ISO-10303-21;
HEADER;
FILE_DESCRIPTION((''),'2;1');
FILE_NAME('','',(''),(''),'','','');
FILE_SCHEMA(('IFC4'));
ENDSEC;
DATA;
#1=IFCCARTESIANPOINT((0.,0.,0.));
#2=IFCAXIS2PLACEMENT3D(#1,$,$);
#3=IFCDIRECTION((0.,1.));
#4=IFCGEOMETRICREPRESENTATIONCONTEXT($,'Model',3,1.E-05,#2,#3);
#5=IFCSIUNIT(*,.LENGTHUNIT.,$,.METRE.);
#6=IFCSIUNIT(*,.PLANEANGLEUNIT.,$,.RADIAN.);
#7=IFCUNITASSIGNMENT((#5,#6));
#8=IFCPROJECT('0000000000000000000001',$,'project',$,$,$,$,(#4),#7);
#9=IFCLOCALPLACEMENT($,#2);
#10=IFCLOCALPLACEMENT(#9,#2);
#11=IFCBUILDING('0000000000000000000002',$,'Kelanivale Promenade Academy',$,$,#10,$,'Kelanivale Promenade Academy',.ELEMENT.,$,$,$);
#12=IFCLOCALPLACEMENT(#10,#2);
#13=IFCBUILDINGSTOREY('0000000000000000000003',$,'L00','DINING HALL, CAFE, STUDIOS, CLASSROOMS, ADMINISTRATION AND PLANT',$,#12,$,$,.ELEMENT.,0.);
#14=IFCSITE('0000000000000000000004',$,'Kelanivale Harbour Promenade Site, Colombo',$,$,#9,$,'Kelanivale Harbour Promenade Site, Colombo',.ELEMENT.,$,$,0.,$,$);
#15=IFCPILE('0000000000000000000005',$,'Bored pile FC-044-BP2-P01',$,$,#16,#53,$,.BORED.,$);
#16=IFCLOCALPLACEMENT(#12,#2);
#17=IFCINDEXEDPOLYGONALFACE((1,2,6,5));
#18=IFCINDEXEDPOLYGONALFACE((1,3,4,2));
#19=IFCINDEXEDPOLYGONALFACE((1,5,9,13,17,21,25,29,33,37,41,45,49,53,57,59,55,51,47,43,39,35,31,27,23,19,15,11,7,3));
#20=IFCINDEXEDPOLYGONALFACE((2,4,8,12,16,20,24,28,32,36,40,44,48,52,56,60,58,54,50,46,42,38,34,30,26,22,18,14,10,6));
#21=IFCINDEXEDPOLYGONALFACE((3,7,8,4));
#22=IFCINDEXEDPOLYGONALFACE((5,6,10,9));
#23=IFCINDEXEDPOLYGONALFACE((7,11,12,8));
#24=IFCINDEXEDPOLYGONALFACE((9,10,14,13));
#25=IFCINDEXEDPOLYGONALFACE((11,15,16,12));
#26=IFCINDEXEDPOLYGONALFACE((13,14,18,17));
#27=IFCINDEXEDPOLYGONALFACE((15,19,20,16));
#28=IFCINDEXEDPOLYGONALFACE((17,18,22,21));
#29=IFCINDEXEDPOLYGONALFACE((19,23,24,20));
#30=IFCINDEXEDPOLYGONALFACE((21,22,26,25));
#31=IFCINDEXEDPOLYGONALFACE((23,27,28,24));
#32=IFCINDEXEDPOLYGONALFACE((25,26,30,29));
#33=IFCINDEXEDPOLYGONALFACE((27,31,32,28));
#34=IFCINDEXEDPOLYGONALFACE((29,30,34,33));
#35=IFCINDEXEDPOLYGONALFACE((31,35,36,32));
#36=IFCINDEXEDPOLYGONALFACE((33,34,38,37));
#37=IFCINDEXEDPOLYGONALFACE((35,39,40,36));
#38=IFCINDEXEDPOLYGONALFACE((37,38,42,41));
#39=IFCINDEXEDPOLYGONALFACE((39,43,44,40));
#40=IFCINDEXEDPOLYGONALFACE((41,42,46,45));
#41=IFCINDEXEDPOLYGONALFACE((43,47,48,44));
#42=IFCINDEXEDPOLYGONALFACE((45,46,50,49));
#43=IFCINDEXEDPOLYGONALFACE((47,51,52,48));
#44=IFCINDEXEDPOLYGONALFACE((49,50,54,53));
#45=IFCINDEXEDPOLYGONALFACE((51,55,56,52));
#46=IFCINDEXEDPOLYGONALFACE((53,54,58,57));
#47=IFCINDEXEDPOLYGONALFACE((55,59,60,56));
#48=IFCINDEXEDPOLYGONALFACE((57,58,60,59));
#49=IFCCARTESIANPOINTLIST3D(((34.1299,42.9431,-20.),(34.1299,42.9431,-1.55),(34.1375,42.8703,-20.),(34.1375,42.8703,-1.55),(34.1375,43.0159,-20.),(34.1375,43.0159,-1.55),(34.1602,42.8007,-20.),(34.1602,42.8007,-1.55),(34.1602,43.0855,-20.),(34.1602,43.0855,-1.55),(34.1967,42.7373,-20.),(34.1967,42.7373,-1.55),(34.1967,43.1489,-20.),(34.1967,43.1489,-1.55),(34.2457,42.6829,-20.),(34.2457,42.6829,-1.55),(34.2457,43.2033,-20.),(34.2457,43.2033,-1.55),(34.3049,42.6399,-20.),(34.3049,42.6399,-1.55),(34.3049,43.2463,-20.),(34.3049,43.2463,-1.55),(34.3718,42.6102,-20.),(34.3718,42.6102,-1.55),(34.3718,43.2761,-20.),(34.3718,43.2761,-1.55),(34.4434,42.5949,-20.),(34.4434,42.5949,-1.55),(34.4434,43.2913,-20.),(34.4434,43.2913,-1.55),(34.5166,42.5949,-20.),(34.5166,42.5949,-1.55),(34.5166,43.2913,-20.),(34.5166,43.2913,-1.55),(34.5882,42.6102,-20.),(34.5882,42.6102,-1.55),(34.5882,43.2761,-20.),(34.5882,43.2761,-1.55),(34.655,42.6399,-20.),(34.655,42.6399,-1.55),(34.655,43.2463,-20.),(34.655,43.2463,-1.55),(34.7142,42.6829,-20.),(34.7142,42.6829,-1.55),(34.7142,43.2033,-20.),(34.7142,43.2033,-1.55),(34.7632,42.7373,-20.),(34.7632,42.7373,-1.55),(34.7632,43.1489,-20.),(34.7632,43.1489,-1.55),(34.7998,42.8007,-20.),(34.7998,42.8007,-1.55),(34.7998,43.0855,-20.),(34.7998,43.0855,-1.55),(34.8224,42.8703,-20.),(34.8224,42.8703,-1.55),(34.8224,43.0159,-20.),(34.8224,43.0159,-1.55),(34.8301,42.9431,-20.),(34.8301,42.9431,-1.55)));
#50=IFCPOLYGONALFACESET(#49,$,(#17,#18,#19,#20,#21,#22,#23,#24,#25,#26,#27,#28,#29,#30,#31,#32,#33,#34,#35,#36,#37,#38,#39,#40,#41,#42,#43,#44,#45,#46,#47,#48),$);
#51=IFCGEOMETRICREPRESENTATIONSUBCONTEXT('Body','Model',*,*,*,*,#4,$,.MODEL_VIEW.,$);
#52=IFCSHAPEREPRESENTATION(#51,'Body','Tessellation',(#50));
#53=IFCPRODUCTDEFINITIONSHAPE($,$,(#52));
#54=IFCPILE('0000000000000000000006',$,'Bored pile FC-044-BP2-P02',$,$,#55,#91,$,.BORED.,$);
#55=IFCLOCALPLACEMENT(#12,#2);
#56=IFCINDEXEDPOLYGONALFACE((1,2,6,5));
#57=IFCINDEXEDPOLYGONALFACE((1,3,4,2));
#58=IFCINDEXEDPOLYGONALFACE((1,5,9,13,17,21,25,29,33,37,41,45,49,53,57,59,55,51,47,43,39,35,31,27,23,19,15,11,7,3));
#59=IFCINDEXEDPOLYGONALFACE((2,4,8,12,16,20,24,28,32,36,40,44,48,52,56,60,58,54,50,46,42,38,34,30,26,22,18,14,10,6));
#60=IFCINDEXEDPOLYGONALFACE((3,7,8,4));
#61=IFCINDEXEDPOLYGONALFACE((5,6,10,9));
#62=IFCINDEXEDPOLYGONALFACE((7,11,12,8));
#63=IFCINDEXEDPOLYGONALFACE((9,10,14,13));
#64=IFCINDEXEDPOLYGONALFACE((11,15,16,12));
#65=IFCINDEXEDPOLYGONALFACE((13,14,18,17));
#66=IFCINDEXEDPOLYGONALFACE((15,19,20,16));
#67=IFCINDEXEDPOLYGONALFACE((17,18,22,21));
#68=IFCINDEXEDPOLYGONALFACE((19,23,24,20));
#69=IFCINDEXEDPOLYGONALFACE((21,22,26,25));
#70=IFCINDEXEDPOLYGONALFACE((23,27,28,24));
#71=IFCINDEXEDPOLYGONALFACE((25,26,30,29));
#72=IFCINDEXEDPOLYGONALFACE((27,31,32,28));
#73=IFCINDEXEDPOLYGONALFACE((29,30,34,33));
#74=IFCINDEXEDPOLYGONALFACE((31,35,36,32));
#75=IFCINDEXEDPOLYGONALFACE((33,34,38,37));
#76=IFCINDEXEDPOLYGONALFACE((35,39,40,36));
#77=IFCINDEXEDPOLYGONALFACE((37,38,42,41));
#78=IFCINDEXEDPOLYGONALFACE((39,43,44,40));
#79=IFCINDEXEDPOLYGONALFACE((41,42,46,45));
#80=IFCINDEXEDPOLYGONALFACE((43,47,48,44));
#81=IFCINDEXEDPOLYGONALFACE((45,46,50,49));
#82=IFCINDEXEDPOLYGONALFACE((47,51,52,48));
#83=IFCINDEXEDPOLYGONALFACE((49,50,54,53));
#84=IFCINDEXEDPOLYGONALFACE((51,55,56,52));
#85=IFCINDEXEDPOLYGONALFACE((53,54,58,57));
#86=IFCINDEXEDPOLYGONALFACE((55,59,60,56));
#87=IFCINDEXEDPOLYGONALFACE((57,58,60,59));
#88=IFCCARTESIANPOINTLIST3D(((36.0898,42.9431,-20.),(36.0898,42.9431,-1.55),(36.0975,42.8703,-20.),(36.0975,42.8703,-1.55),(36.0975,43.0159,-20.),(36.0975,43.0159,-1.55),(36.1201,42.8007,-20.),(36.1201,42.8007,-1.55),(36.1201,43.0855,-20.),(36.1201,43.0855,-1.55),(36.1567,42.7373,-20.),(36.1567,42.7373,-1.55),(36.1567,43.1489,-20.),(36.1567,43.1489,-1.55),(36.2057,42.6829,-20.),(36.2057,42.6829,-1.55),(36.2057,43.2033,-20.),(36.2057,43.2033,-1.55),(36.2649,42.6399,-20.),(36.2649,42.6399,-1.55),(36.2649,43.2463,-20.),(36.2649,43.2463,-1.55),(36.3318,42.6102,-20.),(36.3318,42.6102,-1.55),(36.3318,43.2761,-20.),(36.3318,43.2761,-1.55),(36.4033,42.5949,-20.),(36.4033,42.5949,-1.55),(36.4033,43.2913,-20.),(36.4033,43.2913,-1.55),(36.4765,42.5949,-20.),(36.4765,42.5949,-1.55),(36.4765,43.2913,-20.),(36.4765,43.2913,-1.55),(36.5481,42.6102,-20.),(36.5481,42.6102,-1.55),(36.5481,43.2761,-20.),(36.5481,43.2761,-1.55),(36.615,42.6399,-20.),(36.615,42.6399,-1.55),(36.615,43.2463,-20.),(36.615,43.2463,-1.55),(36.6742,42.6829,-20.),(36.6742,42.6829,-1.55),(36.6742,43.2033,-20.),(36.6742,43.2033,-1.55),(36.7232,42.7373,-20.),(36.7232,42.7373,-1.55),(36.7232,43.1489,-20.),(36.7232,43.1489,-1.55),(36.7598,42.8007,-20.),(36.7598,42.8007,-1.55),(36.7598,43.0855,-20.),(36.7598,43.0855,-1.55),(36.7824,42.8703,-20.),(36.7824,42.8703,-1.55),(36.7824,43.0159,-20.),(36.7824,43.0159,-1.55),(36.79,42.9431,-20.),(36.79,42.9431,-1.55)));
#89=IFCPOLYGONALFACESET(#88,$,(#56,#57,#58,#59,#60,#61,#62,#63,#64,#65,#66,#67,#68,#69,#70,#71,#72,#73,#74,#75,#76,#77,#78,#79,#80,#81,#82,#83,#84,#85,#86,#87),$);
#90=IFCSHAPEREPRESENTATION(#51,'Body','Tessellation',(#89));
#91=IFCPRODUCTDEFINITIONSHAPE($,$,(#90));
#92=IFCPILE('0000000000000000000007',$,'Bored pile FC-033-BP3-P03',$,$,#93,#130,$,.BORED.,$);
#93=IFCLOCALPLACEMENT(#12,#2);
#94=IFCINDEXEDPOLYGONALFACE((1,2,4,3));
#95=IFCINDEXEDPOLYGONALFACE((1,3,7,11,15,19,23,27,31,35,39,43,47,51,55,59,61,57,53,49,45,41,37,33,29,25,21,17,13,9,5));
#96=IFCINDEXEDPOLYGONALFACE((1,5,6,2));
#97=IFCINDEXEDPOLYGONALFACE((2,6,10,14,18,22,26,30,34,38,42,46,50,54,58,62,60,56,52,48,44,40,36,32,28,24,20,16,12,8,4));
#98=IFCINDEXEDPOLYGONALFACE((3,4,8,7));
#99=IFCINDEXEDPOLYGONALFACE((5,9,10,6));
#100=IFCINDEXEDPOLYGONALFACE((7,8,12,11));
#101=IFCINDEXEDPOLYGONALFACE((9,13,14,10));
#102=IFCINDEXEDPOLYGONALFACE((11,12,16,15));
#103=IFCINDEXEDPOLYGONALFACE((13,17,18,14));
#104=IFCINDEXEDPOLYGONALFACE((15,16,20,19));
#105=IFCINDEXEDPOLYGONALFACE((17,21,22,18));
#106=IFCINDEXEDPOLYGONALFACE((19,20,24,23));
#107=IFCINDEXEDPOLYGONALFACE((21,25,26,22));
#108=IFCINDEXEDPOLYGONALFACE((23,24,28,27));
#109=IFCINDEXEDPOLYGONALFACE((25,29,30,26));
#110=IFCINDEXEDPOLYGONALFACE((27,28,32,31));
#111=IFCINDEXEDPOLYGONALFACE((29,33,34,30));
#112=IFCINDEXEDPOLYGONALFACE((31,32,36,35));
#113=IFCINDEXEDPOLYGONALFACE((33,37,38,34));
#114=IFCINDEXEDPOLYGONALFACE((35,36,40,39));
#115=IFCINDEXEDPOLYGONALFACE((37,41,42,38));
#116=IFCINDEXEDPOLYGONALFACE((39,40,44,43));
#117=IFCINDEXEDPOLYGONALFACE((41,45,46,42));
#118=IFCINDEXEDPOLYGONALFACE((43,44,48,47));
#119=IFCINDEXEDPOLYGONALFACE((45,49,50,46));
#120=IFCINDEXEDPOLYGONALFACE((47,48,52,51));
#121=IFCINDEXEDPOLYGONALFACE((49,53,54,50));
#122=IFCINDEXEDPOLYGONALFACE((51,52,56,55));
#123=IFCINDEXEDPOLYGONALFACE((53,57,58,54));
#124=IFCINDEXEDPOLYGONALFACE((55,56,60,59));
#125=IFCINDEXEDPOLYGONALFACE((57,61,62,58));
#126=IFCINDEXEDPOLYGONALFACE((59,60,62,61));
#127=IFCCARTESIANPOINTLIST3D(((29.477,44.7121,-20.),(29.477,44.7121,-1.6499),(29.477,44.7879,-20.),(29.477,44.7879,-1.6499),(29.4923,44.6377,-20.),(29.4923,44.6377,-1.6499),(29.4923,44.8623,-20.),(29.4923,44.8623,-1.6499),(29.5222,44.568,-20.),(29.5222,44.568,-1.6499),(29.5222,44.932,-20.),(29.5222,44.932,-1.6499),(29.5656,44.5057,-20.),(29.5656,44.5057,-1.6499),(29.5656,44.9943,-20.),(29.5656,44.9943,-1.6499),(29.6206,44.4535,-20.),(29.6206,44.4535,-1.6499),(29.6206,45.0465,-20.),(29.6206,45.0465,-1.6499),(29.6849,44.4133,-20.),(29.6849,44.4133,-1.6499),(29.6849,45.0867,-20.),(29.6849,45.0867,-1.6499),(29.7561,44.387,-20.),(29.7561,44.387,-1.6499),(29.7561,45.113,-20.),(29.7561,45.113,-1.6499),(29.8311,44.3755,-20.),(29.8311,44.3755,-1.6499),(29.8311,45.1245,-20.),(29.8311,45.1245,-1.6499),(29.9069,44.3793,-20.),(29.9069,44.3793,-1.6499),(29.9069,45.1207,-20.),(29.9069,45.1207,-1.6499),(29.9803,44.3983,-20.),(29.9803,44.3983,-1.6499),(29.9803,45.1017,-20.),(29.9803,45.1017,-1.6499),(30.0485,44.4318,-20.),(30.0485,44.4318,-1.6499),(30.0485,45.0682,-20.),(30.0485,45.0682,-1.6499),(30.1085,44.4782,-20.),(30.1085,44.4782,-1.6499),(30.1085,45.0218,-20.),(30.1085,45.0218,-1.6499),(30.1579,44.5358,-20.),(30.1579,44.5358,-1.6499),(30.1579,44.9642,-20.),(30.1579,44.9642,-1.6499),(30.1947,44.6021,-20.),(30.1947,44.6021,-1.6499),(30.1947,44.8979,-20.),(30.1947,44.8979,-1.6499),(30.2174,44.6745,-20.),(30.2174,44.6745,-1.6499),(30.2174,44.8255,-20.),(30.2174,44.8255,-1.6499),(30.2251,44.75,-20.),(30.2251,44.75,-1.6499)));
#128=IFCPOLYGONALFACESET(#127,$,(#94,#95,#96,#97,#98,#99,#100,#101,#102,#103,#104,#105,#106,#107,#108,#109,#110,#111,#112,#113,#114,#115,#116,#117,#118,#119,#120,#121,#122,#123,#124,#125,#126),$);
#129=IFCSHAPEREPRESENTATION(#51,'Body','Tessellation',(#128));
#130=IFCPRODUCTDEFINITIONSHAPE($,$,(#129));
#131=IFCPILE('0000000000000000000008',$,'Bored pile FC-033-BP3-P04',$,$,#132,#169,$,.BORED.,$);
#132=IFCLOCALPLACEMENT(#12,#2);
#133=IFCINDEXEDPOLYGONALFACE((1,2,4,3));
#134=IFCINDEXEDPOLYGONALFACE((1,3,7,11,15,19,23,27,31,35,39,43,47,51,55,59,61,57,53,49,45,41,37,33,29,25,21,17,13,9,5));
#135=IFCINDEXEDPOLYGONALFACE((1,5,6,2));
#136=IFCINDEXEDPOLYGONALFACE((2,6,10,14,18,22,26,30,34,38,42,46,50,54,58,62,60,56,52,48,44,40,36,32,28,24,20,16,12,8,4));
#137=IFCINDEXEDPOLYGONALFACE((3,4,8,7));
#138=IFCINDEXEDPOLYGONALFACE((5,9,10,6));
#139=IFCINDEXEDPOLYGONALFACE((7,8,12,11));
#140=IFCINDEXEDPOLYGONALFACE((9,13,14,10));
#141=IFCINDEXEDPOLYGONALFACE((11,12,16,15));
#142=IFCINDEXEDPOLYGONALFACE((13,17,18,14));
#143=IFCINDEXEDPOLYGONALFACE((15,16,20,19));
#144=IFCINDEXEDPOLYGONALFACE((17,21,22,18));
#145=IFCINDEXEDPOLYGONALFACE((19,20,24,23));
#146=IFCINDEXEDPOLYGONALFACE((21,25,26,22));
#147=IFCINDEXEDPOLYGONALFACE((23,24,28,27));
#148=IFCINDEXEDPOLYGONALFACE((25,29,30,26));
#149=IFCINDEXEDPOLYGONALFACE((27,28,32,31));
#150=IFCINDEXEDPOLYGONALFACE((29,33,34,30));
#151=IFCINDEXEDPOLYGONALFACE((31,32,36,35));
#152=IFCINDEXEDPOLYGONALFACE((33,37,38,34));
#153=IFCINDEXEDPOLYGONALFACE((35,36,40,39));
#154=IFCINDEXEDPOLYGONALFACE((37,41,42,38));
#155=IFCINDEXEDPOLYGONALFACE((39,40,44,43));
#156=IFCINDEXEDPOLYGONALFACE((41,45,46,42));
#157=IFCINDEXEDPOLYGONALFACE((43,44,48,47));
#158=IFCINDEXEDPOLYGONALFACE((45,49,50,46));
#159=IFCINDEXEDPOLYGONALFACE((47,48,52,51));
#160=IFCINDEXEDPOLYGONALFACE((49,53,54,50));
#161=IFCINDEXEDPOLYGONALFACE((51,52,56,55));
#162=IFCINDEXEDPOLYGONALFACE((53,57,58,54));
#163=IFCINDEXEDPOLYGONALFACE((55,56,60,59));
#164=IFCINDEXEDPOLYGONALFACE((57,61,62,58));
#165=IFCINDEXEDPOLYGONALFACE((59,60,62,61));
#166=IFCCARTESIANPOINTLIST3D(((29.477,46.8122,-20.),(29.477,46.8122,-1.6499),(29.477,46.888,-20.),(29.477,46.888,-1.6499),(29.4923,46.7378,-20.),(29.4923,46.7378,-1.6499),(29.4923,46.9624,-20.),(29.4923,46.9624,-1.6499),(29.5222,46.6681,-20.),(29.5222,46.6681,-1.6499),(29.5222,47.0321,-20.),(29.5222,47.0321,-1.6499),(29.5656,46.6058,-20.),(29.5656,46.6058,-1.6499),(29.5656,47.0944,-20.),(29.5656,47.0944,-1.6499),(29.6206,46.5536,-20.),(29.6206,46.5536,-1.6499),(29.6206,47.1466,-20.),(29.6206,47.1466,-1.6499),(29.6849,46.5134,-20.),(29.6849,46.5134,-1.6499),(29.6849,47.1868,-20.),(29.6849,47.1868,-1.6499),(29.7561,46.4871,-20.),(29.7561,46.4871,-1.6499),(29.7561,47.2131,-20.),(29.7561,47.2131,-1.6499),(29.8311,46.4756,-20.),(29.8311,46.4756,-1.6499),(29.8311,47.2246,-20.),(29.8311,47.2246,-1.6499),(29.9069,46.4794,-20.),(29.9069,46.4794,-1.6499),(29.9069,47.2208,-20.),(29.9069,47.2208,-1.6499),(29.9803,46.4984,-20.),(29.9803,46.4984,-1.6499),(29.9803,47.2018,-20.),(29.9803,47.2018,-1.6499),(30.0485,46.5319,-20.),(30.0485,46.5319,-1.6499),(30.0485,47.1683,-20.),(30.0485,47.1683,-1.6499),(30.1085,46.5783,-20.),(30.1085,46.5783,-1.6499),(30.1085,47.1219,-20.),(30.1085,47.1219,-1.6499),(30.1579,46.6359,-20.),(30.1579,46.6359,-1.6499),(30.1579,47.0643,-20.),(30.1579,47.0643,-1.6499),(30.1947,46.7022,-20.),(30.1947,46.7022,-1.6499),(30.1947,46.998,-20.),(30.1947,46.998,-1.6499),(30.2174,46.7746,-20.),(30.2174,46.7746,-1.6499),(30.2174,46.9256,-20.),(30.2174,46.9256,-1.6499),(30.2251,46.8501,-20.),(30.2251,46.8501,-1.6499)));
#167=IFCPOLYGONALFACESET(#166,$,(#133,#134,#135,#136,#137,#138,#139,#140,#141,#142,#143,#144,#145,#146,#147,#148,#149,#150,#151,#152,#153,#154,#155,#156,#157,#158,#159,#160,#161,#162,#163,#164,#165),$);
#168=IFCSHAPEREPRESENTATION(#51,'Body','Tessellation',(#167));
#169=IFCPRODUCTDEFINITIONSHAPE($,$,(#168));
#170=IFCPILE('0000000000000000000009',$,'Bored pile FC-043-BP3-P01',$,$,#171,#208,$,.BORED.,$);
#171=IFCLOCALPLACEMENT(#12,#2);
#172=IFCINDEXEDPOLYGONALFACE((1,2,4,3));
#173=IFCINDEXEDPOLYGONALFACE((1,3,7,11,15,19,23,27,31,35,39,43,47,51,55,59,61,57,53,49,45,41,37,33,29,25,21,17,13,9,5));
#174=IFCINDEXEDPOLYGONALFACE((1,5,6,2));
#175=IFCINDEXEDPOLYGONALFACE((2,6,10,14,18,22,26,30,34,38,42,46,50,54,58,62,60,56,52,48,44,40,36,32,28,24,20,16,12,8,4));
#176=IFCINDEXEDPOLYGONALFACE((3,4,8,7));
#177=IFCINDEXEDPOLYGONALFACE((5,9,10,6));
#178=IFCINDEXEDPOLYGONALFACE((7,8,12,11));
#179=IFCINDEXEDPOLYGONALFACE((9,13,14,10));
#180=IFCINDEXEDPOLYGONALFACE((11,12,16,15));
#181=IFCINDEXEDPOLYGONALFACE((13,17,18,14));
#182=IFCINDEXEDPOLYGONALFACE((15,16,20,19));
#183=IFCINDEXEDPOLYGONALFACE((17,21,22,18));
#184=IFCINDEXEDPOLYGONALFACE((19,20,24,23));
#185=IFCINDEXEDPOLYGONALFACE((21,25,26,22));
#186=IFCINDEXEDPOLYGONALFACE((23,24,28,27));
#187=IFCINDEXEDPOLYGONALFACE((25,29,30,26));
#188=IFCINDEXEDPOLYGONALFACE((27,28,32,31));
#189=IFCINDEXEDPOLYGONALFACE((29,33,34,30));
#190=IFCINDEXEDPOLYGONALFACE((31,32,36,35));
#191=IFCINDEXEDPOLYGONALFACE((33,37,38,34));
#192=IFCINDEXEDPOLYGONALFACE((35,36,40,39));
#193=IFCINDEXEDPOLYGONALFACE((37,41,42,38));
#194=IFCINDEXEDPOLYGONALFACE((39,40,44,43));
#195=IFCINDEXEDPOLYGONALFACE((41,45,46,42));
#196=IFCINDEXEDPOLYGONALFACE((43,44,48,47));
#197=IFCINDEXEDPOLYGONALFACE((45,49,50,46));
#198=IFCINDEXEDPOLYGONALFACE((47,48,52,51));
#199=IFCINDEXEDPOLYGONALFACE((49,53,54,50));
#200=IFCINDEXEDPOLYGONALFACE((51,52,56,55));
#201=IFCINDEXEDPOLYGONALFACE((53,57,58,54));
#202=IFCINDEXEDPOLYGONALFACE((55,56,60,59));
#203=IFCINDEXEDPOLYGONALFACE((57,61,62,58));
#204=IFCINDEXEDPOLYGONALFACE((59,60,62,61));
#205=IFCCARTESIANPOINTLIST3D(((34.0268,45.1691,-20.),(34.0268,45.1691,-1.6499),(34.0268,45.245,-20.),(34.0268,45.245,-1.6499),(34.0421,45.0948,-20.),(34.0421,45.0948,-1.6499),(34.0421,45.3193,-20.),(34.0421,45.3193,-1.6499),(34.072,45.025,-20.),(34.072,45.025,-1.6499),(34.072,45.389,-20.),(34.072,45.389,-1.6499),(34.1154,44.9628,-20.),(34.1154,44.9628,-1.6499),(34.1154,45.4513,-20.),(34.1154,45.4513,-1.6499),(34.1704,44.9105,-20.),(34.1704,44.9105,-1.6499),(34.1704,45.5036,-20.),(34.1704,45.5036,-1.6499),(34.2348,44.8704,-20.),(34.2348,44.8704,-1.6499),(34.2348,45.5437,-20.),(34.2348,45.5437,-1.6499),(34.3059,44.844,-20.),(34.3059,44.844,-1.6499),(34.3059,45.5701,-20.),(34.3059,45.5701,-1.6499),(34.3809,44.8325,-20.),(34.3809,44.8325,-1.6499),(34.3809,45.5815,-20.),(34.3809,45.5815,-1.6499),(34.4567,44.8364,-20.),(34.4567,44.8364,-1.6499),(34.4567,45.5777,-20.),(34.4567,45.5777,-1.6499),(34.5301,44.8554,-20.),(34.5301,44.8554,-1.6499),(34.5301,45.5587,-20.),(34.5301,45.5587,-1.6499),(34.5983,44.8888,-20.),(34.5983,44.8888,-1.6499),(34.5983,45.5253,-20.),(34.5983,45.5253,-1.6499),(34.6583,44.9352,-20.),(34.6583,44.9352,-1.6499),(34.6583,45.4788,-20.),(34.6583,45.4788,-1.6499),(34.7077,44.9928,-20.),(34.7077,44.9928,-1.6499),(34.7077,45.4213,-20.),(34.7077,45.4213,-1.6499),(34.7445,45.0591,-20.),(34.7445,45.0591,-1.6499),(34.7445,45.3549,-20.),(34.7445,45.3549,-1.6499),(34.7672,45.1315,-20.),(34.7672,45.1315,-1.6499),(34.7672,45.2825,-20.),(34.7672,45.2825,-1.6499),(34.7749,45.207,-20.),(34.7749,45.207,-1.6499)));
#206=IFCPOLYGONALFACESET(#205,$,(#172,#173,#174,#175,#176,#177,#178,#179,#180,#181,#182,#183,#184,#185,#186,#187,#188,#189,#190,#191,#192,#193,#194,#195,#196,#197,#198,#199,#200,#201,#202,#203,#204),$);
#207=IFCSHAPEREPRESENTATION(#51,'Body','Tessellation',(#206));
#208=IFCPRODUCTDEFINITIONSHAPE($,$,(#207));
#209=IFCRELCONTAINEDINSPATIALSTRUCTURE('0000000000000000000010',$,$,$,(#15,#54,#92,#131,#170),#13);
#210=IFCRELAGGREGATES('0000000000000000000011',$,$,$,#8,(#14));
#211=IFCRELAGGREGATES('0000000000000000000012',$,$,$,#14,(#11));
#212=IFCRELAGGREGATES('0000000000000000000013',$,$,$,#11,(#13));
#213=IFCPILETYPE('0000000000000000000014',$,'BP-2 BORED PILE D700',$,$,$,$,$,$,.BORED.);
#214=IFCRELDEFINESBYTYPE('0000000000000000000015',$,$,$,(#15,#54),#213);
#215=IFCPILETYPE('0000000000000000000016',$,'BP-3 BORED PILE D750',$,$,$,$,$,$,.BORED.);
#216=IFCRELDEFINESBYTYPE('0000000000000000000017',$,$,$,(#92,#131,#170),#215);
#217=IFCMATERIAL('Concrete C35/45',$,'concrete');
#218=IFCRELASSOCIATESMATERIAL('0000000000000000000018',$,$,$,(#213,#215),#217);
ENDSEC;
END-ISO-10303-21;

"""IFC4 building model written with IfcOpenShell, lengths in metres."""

from ifc_helpers import new_model, si_unit, direction, frame, origin, origin_2d, place, context, subcontext, project, spatial, circle, extrude, material, material_profile, profile_set, type_object, element, save


model = new_model("IFC4")

# Units and contexts
model_context = context("Model", 3, precision=1e-05, world=origin(), true_north=direction((0.0, 1.0)))
body_context = subcontext(model_context, "Body", "Model", "MODEL_VIEW")
ifc_project = project(units=[si_unit("LENGTHUNIT", "METRE"), si_unit("PLANEANGLEUNIT", "RADIAN")], contexts=[model_context])

# Site, building, storey
site_placement = place(None, origin())
site = spatial("IfcSite", under=ifc_project, at=site_placement, Name="Kelanivale Harbour Promenade Site, Colombo", LongName="Kelanivale Harbour Promenade Site, Colombo", CompositionType="ELEMENT", RefElevation=0.0)
building_placement = place(site_placement, origin())
building = spatial("IfcBuilding", under=site, at=building_placement, Name="Kelanivale Promenade Academy", LongName="Kelanivale Promenade Academy", CompositionType="ELEMENT")
storey_placement = place(building_placement, origin())
storey = spatial("IfcBuildingStorey", under=building, at=storey_placement, Name="L00", Description="DINING HALL, CAFE, STUDIOS, CLASSROOMS, ADMINISTRATION AND PLANT", CompositionType="ELEMENT", Elevation=0.0)

# Piles
ifc_material_1 = material(Name="Concrete C35/45", Category="concrete")
ifc_material_profile_1 = material_profile(ifc_material_1, circle(Radius=0.3501, at=origin_2d()), Name="BORED PILE D700")
ifc_profile_set_1 = profile_set([ifc_material_profile_1], Name="Concrete C35/45")
pile_type_1 = type_object("IfcPileType", Name="BP-2 BORED PILE D700", PredefinedType="BORED", material=ifc_profile_set_1)
for number, where, z_axis, x_axis, name in (
    (1, (34.48, 42.9431, -1.55), (0.0, 0.0, -1.0), (1.0, 0.0, 0.0), "Bored pile FC-044-BP2-P01"),
    (2, (36.4399, 42.9431, -1.55), (0.0, 0.0, -1.0), (1.0, 0.0, 0.0), "Bored pile FC-044-BP2-P02"),
):
    element("IfcPile", number, at=place(storey_placement, frame(where, z_axis=z_axis, x_axis=x_axis)), inside=storey, type_object=pile_type_1, Name=name, PredefinedType="BORED", context=body_context, shape_type="SweptSolid", body=[
        extrude(circle(Radius=0.3501, at=origin_2d()), origin(), (0.0, 0.0, 1.0), 18.45),
    ])
ifc_material_profile_2 = material_profile(ifc_material_1, circle(Radius=0.375, at=origin_2d()), Name="BORED PILE D750")
ifc_profile_set_2 = profile_set([ifc_material_profile_2], Name="Concrete C35/45")
pile_type_2 = type_object("IfcPileType", Name="BP-3 BORED PILE D750", PredefinedType="BORED", material=ifc_profile_set_2)
for number, where, z_axis, x_axis, name in (
    (3, (29.8501, 44.75, -1.6499), (0.0, 0.0, -1.0), (1.0, 0.0, 0.0), "Bored pile FC-033-BP3-P03"),
    (4, (29.8501, 46.8501, -1.6499), (0.0, 0.0, -1.0), (1.0, 0.0, 0.0), "Bored pile FC-033-BP3-P04"),
    (5, (34.3999, 45.207, -1.6499), (0.0, 0.0, -1.0), (1.0, 0.0, 0.0), "Bored pile FC-043-BP3-P01"),
):
    element("IfcPile", number, at=place(storey_placement, frame(where, z_axis=z_axis, x_axis=x_axis)), inside=storey, type_object=pile_type_2, Name=name, PredefinedType="BORED", context=body_context, shape_type="SweptSolid", body=[
        extrude(circle(Radius=0.375, at=origin_2d()), origin(), (0.0, 0.0, 1.0), 18.3501),
    ])

save(model, "model.ifc")
